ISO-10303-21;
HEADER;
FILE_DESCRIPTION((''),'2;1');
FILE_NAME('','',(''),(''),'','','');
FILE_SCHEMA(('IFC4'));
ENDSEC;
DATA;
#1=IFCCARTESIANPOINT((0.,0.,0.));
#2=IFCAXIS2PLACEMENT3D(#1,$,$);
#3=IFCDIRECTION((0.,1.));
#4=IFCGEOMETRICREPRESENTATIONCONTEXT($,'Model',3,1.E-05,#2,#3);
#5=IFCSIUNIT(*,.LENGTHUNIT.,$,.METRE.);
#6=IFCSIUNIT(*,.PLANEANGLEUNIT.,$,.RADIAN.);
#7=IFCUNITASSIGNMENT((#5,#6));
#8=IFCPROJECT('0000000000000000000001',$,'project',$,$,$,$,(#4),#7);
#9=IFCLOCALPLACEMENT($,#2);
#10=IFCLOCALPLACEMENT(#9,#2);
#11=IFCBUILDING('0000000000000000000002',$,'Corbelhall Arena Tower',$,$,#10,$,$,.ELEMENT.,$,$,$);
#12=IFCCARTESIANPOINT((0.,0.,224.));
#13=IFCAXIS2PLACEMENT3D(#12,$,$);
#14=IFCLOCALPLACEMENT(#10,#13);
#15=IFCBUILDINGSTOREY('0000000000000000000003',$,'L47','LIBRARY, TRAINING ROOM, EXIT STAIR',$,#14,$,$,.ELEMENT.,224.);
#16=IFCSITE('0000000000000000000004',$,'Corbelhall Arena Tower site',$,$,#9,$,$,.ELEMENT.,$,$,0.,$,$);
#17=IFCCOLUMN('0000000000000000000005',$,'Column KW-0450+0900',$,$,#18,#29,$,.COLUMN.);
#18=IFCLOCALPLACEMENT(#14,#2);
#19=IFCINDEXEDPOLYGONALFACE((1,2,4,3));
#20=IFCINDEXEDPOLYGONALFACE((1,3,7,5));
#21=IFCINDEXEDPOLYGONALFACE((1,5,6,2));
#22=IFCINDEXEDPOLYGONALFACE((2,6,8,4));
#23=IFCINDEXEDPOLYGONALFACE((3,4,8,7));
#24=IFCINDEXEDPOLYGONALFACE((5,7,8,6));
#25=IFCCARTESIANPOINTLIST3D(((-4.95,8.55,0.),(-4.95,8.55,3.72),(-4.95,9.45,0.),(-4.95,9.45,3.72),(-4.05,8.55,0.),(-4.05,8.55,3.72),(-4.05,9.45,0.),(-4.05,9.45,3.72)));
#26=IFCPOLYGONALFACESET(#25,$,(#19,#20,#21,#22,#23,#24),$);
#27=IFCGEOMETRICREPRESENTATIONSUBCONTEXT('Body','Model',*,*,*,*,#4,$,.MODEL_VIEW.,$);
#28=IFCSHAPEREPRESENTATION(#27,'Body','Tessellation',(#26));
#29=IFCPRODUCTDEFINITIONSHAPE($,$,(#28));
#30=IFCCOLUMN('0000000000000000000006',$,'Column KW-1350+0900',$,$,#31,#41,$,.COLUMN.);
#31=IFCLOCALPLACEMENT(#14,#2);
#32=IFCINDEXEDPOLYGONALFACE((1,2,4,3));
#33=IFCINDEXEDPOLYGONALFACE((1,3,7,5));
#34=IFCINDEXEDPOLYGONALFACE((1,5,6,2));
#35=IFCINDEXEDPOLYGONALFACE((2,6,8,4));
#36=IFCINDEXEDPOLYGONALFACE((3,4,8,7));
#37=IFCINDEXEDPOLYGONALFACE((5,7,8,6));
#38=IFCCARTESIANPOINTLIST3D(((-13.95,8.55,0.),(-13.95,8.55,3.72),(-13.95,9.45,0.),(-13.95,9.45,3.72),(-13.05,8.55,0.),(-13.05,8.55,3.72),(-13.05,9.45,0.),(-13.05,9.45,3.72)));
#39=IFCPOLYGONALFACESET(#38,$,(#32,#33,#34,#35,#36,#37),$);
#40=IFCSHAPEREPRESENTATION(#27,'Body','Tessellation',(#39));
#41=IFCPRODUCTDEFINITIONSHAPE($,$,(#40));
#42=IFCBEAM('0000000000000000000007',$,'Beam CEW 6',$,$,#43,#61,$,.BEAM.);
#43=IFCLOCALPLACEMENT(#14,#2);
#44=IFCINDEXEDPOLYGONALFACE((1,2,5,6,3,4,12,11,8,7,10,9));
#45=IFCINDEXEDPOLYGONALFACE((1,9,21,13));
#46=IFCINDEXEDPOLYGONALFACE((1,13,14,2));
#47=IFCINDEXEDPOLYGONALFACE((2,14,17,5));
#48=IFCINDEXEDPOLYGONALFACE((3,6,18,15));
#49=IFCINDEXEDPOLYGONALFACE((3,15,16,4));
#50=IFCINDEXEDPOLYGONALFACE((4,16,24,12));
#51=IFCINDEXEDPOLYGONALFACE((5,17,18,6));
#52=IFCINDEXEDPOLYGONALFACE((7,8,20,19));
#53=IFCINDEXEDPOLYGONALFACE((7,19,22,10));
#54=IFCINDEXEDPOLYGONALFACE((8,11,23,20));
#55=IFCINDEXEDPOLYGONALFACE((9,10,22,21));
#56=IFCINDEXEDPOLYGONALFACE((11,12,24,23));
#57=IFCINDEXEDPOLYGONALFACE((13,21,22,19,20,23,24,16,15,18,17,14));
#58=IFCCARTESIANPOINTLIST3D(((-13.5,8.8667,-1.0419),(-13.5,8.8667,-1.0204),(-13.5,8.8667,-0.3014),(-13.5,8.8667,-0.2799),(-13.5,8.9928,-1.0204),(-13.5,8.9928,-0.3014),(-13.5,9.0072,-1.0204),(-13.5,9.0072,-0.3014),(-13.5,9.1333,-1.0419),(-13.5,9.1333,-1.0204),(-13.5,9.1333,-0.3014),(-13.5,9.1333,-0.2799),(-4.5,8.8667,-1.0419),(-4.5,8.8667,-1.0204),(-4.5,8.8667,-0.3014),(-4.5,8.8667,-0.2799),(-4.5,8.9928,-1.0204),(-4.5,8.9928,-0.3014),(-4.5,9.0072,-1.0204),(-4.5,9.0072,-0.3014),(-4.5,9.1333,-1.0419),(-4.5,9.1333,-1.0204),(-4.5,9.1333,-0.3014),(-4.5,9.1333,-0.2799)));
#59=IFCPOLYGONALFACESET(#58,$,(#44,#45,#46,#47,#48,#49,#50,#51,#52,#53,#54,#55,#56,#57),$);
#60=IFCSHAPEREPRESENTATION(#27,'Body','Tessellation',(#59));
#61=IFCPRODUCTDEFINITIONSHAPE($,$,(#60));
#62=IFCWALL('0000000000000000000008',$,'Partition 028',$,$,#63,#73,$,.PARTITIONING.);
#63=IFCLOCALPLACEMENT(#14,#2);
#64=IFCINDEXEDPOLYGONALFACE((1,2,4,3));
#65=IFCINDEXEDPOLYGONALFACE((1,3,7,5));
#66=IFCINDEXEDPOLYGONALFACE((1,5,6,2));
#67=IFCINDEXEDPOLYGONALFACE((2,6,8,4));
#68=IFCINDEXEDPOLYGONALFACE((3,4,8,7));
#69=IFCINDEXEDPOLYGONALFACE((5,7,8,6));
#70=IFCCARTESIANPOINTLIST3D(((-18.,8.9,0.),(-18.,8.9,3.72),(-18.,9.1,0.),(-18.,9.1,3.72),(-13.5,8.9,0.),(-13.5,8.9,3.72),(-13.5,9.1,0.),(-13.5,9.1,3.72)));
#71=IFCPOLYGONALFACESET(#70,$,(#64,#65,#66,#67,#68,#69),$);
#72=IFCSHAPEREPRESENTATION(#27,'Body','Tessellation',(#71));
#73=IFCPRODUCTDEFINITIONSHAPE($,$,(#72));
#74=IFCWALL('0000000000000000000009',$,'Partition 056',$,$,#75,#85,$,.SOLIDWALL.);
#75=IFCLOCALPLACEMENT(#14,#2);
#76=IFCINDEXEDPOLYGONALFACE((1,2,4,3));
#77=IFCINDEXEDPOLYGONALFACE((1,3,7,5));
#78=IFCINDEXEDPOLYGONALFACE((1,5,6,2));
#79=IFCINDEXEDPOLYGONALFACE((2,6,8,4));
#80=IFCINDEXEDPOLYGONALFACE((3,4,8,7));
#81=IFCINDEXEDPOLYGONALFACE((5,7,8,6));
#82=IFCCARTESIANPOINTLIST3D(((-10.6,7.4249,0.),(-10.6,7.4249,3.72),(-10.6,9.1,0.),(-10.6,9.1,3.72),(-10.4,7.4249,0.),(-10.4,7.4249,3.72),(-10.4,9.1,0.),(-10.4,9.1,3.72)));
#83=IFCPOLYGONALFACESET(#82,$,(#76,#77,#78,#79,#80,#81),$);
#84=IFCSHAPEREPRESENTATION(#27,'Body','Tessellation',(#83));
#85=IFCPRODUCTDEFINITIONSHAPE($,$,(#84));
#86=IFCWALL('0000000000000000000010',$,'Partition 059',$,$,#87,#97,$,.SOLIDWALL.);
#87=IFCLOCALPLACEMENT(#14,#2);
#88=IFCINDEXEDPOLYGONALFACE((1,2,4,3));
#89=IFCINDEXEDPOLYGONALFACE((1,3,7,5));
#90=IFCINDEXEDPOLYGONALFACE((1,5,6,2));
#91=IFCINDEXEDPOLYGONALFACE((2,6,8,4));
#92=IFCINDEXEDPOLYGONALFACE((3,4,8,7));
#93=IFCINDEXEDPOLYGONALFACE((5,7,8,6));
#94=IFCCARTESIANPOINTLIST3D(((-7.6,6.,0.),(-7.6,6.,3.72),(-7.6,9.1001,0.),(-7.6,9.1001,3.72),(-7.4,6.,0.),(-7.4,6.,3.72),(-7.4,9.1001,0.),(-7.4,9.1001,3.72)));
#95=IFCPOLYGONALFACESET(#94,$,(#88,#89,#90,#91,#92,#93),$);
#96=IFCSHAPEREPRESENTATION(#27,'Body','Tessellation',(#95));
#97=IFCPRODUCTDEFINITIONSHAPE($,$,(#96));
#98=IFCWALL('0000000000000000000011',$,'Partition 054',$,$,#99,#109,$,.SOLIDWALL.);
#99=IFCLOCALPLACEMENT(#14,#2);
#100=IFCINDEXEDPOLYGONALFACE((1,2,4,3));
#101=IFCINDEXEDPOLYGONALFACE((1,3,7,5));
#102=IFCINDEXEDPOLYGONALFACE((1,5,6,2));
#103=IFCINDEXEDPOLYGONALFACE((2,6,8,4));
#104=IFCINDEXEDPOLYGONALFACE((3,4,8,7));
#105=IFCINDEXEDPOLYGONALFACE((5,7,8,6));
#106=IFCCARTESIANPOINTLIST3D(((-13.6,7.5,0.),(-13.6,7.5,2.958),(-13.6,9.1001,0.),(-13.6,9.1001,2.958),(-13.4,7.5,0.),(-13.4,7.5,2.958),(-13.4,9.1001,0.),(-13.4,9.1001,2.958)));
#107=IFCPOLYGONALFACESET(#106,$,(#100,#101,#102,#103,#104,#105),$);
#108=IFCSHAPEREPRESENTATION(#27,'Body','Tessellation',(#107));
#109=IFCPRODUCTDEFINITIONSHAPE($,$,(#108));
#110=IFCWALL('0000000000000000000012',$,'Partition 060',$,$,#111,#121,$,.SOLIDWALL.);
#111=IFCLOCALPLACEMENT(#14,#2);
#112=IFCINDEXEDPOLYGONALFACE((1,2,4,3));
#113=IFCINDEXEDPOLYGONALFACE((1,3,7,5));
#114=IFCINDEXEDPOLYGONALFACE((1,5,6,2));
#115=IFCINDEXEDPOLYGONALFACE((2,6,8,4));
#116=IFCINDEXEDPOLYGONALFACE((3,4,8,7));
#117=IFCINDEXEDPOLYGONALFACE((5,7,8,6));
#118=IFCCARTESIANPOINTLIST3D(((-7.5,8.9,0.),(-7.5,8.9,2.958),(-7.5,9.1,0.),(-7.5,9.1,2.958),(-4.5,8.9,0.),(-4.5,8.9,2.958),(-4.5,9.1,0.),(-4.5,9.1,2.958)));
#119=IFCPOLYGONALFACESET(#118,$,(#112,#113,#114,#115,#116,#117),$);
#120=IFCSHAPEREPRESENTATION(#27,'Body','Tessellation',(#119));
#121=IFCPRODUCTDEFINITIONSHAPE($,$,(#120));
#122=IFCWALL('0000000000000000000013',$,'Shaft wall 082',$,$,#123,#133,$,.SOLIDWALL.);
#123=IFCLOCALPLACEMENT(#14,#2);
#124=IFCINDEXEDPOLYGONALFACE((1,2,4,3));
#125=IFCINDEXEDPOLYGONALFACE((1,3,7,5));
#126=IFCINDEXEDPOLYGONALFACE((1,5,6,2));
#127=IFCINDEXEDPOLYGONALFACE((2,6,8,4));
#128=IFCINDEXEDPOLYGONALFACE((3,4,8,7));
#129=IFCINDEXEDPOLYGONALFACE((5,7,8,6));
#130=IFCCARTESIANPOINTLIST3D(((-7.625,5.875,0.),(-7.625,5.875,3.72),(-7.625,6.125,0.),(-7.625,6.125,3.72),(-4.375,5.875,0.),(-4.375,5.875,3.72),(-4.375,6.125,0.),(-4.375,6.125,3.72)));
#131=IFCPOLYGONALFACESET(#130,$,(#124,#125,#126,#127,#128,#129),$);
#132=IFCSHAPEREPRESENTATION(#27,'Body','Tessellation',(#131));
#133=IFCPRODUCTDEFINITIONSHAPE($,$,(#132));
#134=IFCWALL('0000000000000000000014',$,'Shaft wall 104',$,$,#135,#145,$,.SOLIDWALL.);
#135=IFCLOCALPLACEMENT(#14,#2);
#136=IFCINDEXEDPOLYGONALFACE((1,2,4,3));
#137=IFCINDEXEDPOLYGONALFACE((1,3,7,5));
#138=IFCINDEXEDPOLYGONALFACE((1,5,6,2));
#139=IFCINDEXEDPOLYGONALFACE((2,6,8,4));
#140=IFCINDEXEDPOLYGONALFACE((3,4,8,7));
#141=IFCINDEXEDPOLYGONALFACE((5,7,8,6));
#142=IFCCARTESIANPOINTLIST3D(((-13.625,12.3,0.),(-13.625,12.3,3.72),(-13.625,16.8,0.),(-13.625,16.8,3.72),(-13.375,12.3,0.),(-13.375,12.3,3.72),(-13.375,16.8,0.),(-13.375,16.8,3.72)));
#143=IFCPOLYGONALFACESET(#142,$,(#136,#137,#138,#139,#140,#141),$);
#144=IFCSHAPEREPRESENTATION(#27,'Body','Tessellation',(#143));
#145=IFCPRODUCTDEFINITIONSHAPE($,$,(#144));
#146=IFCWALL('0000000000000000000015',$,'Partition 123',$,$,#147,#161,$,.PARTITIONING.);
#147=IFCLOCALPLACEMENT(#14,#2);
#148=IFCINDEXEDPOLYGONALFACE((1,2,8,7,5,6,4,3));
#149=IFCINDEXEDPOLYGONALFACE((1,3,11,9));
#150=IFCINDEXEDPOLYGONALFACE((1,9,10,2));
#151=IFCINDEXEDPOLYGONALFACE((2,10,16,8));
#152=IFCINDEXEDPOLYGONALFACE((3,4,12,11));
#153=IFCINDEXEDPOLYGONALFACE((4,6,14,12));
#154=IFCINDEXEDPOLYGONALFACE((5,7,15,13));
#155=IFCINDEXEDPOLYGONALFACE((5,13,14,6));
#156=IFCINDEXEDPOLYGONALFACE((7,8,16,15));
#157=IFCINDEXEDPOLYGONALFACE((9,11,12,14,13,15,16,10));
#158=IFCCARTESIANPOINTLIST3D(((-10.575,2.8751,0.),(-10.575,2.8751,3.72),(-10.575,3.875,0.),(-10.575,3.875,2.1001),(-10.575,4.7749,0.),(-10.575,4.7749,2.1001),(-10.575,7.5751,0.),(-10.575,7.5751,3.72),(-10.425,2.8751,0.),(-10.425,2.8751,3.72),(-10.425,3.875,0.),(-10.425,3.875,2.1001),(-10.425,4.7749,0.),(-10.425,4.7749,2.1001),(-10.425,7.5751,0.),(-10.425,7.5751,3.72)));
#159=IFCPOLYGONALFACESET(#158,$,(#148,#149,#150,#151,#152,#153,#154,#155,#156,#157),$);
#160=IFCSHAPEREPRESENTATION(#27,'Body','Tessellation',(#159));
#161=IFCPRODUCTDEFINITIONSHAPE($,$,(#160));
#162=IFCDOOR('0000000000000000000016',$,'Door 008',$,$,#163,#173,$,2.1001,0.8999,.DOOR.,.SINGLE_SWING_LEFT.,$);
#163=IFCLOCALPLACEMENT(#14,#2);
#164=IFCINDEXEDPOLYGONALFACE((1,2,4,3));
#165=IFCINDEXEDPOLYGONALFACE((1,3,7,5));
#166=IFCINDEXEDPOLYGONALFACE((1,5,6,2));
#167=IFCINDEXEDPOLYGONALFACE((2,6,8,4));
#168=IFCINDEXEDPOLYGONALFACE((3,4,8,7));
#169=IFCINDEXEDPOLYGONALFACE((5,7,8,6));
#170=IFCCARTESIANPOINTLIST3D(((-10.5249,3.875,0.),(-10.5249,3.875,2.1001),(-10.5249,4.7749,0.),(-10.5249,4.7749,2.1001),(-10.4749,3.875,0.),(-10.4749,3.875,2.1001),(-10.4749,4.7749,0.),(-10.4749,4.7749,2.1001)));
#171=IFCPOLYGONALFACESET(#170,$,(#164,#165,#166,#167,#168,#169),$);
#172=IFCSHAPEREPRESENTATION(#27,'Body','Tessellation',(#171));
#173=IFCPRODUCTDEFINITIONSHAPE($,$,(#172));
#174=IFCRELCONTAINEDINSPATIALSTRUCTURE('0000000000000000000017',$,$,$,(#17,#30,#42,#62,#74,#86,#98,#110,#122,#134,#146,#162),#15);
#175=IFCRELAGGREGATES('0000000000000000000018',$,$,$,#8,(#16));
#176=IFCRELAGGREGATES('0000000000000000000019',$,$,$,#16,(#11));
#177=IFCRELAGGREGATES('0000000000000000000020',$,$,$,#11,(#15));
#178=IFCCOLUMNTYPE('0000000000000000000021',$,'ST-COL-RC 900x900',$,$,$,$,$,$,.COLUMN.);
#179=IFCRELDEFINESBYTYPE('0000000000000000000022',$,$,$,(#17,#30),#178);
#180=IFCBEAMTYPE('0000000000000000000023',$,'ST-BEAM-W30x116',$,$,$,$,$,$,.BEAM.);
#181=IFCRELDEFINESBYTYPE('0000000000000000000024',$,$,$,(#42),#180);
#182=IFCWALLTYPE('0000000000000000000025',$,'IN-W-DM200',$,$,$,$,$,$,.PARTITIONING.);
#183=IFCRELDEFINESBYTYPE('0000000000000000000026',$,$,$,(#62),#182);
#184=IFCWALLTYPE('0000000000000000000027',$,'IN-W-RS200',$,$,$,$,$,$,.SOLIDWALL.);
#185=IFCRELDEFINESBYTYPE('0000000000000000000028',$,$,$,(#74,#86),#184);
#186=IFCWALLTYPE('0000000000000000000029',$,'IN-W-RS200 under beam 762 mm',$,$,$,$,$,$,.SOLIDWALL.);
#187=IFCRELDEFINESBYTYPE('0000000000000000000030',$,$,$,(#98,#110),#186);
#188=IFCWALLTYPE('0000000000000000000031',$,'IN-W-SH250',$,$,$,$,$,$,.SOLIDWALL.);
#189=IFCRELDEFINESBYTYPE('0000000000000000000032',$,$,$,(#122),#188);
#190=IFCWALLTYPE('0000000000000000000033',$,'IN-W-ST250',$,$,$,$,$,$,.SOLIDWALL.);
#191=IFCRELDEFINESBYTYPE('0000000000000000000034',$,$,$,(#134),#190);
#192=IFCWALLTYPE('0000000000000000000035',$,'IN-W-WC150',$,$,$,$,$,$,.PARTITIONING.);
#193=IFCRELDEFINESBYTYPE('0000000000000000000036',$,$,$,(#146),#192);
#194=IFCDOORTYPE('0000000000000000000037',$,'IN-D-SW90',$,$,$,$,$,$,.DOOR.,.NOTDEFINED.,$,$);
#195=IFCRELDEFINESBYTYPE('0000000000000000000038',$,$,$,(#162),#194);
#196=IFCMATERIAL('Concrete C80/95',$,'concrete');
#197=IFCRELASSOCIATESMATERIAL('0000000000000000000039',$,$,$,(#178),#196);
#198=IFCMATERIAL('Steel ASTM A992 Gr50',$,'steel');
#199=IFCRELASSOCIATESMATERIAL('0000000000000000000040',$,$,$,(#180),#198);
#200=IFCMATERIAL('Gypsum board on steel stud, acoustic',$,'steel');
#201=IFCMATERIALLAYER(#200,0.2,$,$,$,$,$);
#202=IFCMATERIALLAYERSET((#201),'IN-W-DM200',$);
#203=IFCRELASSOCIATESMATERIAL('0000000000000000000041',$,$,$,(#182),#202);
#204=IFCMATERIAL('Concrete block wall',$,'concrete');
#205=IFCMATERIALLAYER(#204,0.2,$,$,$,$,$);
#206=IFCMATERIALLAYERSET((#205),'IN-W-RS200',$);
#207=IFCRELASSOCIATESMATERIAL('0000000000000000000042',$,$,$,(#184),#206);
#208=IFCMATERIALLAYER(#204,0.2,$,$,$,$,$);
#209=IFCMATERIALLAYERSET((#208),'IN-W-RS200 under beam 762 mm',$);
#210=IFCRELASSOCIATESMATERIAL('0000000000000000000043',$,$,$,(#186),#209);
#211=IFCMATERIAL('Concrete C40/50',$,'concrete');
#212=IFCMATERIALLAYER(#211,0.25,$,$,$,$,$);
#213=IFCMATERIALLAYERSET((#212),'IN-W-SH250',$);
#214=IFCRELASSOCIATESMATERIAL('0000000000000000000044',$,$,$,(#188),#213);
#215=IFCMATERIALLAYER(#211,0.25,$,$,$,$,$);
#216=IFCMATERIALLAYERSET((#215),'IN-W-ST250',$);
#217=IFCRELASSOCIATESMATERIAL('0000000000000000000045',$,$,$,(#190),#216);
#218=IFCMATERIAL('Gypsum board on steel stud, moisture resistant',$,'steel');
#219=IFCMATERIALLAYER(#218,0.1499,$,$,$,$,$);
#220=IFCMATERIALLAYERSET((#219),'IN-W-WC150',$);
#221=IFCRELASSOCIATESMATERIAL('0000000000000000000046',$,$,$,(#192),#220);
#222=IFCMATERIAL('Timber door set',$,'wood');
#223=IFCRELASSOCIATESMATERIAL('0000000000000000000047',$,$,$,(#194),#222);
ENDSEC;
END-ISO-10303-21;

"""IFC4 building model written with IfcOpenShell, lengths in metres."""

from ifc_helpers import new_model, si_unit, direction, frame, frame_2d, origin, origin_2d, place, context, subcontext, project, spatial, rectangle, i_section, extrude, material, layer, layer_set, material_profile, profile_set, type_object, element, fill, save


model = new_model("IFC4")

# Units and contexts
model_context = context("Model", 3, precision=1e-05, world=origin(), true_north=direction((0.0, 1.0)))
body_context = subcontext(model_context, "Body", "Model", "MODEL_VIEW")
ifc_project = project(units=[si_unit("LENGTHUNIT", "METRE"), si_unit("PLANEANGLEUNIT", "RADIAN")], contexts=[model_context])

# Site, building, storey
site_placement = place(None, origin())
site = spatial("IfcSite", under=ifc_project, at=site_placement, Name="Corbelhall Arena Tower site", CompositionType="ELEMENT", RefElevation=0.0)
building_placement = place(site_placement, origin())
building = spatial("IfcBuilding", under=site, at=building_placement, Name="Corbelhall Arena Tower", CompositionType="ELEMENT")
storey_placement = place(building_placement, frame((0.0, 0.0, 224.0)))
storey = spatial("IfcBuildingStorey", under=building, at=storey_placement, Name="L47", Description="LIBRARY, TRAINING ROOM, EXIT STAIR", CompositionType="ELEMENT", Elevation=224.0)

# Columns
ifc_material_1 = material(Name="Concrete C80/95", Category="concrete")
ifc_material_profile_1 = material_profile(ifc_material_1, rectangle(XDim=0.8999, YDim=0.8999, at=origin_2d()))
ifc_profile_set_1 = profile_set([ifc_material_profile_1], Name="Concrete C80/95")
column_type = type_object("IfcColumnType", Name="ST-COL-RC 900x900", PredefinedType="COLUMN", material=ifc_profile_set_1)
for number, where, z_axis, x_axis, name in (
    (1, (-4.5, 9.0, 0.0), (0.0, 0.0, 1.0), (1.0, 0.0, 0.0), "Column KW-0450+0900"),
    (2, (-13.5, 9.0, 0.0), (0.0, 0.0, 1.0), (1.0, 0.0, 0.0), "Column KW-1350+0900"),
):
    element("IfcColumn", number, at=place(storey_placement, frame(where, z_axis=z_axis, x_axis=x_axis)), inside=storey, type_object=column_type, Name=name, PredefinedType="COLUMN", context=body_context, shape_type="SweptSolid", body=[
        extrude(rectangle(XDim=0.8999, YDim=0.8999, at=origin_2d()), origin(), (0.0, 0.0, 1.0), 3.72),
    ])

# Beam
ifc_material_2 = material(Name="Steel ASTM A992 Gr50", Category="steel")
ifc_material_profile_2 = material_profile(ifc_material_2, i_section(OverallWidth=0.2666, OverallDepth=0.762, WebThickness=0.0144, FlangeThickness=0.0215, at=origin_2d()))
ifc_profile_set_2 = profile_set([ifc_material_profile_2], Name="Steel ASTM A992 Gr50")
beam_type = type_object("IfcBeamType", Name="ST-BEAM-W30x116", PredefinedType="BEAM", material=ifc_profile_set_2)
beam_placement = place(storey_placement, frame((-13.5, 9.0, -0.6609), z_axis=(1.0, 0.0, 0.0), x_axis=(0.0, 1.0, 0.0)))
element("IfcBeam", 3, at=beam_placement, inside=storey, type_object=beam_type, Name="Beam CEW 6", PredefinedType="BEAM", context=body_context, shape_type="SweptSolid", body=[
    extrude(i_section(OverallWidth=0.2666, OverallDepth=0.762, WebThickness=0.0144, FlangeThickness=0.0215, at=origin_2d()), origin(), (0.0, 0.0, 1.0), 9.0),
])

# Walls
ifc_material_3 = material(Name="Gypsum board on steel stud, acoustic", Category="steel")
ifc_layer_1 = layer(ifc_material_3, 0.2)
ifc_layer_set_1 = layer_set([ifc_layer_1], Name="IN-W-DM200")
wall_type_1 = type_object("IfcWallType", Name="IN-W-DM200", PredefinedType="PARTITIONING", material=ifc_layer_set_1)
wall_1_placement = place(storey_placement, frame((-13.5, 9.0, 0.0), z_axis=(0.0, 0.0, 1.0), x_axis=(-1.0, 0.0, 0.0)))
element("IfcWall", 4, at=wall_1_placement, inside=storey, type_object=wall_type_1, Name="Partition 028", PredefinedType="PARTITIONING", context=body_context, shape_type="SweptSolid", body=[
    extrude(rectangle(XDim=4.5, YDim=0.2, at=frame_2d((2.25, 0.0))), origin(), (0.0, 0.0, 1.0), 3.72),
])
ifc_material_4 = material(Name="Concrete block wall", Category="concrete")
ifc_layer_2 = layer(ifc_material_4, 0.2)
ifc_layer_set_2 = layer_set([ifc_layer_2], Name="IN-W-RS200")
wall_type_2 = type_object("IfcWallType", Name="IN-W-RS200", PredefinedType="SOLIDWALL", material=ifc_layer_set_2)
wall_2_placement = place(storey_placement, frame((-10.5, 7.425, 0.0), z_axis=(0.0, 0.0, 1.0), x_axis=(0.0, 1.0, 0.0)))
element("IfcWall", 5, at=wall_2_placement, inside=storey, type_object=wall_type_2, Name="Partition 056", PredefinedType="SOLIDWALL", context=body_context, shape_type="SweptSolid", body=[
    extrude(rectangle(XDim=1.675, YDim=0.2, at=frame_2d((0.8374, 0.0))), origin(), (0.0, 0.0, 1.0), 3.72),
])
wall_3_placement = place(storey_placement, frame((-7.5, 6.0, 0.0), z_axis=(0.0, 0.0, 1.0), x_axis=(0.0, 1.0, 0.0)))
element("IfcWall", 6, at=wall_3_placement, inside=storey, type_object=wall_type_2, Name="Partition 059", PredefinedType="SOLIDWALL", context=body_context, shape_type="SweptSolid", body=[
    extrude(rectangle(XDim=3.1001, YDim=0.2, at=frame_2d((1.55, 0.0))), origin(), (0.0, 0.0, 1.0), 3.72),
])
ifc_layer_3 = layer(ifc_material_4, 0.2)
ifc_layer_set_3 = layer_set([ifc_layer_3], Name="IN-W-RS200 under beam 762 mm")
wall_type_3 = type_object("IfcWallType", Name="IN-W-RS200 under beam 762 mm", PredefinedType="SOLIDWALL", material=ifc_layer_set_3)
wall_4_placement = place(storey_placement, frame((-13.5, 7.5, 0.0), z_axis=(0.0, 0.0, 1.0), x_axis=(0.0, 1.0, 0.0)))
element("IfcWall", 7, at=wall_4_placement, inside=storey, type_object=wall_type_3, Name="Partition 054", PredefinedType="SOLIDWALL", context=body_context, shape_type="SweptSolid", body=[
    extrude(rectangle(XDim=1.6001, YDim=0.2, at=frame_2d((0.8, 0.0))), origin(), (0.0, 0.0, 1.0), 2.958),
])
wall_5_placement = place(storey_placement, frame((-7.5, 9.0, 0.0), z_axis=(0.0, 0.0, 1.0), x_axis=(1.0, 0.0, 0.0)))
element("IfcWall", 8, at=wall_5_placement, inside=storey, type_object=wall_type_3, Name="Partition 060", PredefinedType="SOLIDWALL", context=body_context, shape_type="SweptSolid", body=[
    extrude(rectangle(XDim=3.0, YDim=0.2, at=frame_2d((1.5, 0.0))), origin(), (0.0, 0.0, 1.0), 2.958),
])
ifc_material_5 = material(Name="Concrete C40/50", Category="concrete")
ifc_layer_4 = layer(ifc_material_5, 0.25)
ifc_layer_set_4 = layer_set([ifc_layer_4], Name="IN-W-SH250")
wall_type_4 = type_object("IfcWallType", Name="IN-W-SH250", PredefinedType="SOLIDWALL", material=ifc_layer_set_4)
wall_6_placement = place(storey_placement, frame((-7.625, 6.0, 0.0), z_axis=(0.0, 0.0, 1.0), x_axis=(1.0, 0.0, 0.0)))
element("IfcWall", 9, at=wall_6_placement, inside=storey, type_object=wall_type_4, Name="Shaft wall 082", PredefinedType="SOLIDWALL", context=body_context, shape_type="SweptSolid", body=[
    extrude(rectangle(XDim=3.25, YDim=0.25, at=frame_2d((1.625, 0.0))), origin(), (0.0, 0.0, 1.0), 3.72),
])
ifc_layer_5 = layer(ifc_material_5, 0.25)
ifc_layer_set_5 = layer_set([ifc_layer_5], Name="IN-W-ST250")
wall_type_5 = type_object("IfcWallType", Name="IN-W-ST250", PredefinedType="SOLIDWALL", material=ifc_layer_set_5)
wall_7_placement = place(storey_placement, frame((-13.5, 12.3, 0.0), z_axis=(0.0, 0.0, 1.0), x_axis=(0.0, 1.0, 0.0)))
element("IfcWall", 10, at=wall_7_placement, inside=storey, type_object=wall_type_5, Name="Shaft wall 104", PredefinedType="SOLIDWALL", context=body_context, shape_type="SweptSolid", body=[
    extrude(rectangle(XDim=4.5, YDim=0.25, at=frame_2d((2.25, 0.0))), origin(), (0.0, 0.0, 1.0), 3.72),
])

# Wall, opening, door
ifc_material_6 = material(Name="Gypsum board on steel stud, moisture resistant", Category="steel")
ifc_layer_6 = layer(ifc_material_6, 0.1499)
ifc_layer_set_6 = layer_set([ifc_layer_6], Name="IN-W-WC150")
wall_type_6 = type_object("IfcWallType", Name="IN-W-WC150", PredefinedType="PARTITIONING", material=ifc_layer_set_6)
wall_8_placement = place(storey_placement, frame((-10.5, 2.875, 0.0), z_axis=(0.0, 0.0, 1.0), x_axis=(0.0, 1.0, 0.0)))
wall_8 = element("IfcWall", 11, at=wall_8_placement, inside=storey, type_object=wall_type_6, Name="Partition 123", PredefinedType="PARTITIONING", context=body_context, shape_type="SweptSolid", body=[
    extrude(rectangle(XDim=4.7, YDim=0.1499, at=frame_2d((2.3501, 0.0))), origin(), (0.0, 0.0, 1.0), 3.72),
])
opening_placement = place(wall_8_placement, frame((1.0, 0.0, 0.0)))
opening = element("IfcOpeningElement", 12, at=opening_placement, cuts=wall_8, PredefinedType="OPENING", context=body_context, shape_type="SweptSolid", body=[
    extrude(rectangle(XDim=0.8999, YDim=2.1001, at=frame_2d((0.45, 1.05))), frame((0.0, 0.075, 0.0), z_axis=(0.0, -1.0, 0.0), x_axis=(1.0, 0.0, 0.0)), (0.0, 0.0, 1.0), 0.1499),
])
ifc_material_7 = material(Name="Timber door set", Category="wood")
door_type = type_object("IfcDoorType", Name="IN-D-SW90", OperationType="NOTDEFINED", PredefinedType="DOOR", material=ifc_material_7)
door_placement = place(opening_placement, origin())
door = element("IfcDoor", 13, at=door_placement, inside=storey, type_object=door_type, Name="Door 008", OperationType="SINGLE_SWING_LEFT", OverallHeight=2.1001, OverallWidth=0.8999, PredefinedType="DOOR", context=body_context, shape_type="SweptSolid", body=[
    extrude(rectangle(XDim=0.8999, YDim=2.1001, at=frame_2d((0.45, 1.05))), frame((0.0, 0.0249, 0.0), z_axis=(0.0, -1.0, 0.0), x_axis=(1.0, 0.0, 0.0)), (0.0, 0.0, 1.0), 0.05),
])
fill(opening, door)

save(model, "model.ifc")
